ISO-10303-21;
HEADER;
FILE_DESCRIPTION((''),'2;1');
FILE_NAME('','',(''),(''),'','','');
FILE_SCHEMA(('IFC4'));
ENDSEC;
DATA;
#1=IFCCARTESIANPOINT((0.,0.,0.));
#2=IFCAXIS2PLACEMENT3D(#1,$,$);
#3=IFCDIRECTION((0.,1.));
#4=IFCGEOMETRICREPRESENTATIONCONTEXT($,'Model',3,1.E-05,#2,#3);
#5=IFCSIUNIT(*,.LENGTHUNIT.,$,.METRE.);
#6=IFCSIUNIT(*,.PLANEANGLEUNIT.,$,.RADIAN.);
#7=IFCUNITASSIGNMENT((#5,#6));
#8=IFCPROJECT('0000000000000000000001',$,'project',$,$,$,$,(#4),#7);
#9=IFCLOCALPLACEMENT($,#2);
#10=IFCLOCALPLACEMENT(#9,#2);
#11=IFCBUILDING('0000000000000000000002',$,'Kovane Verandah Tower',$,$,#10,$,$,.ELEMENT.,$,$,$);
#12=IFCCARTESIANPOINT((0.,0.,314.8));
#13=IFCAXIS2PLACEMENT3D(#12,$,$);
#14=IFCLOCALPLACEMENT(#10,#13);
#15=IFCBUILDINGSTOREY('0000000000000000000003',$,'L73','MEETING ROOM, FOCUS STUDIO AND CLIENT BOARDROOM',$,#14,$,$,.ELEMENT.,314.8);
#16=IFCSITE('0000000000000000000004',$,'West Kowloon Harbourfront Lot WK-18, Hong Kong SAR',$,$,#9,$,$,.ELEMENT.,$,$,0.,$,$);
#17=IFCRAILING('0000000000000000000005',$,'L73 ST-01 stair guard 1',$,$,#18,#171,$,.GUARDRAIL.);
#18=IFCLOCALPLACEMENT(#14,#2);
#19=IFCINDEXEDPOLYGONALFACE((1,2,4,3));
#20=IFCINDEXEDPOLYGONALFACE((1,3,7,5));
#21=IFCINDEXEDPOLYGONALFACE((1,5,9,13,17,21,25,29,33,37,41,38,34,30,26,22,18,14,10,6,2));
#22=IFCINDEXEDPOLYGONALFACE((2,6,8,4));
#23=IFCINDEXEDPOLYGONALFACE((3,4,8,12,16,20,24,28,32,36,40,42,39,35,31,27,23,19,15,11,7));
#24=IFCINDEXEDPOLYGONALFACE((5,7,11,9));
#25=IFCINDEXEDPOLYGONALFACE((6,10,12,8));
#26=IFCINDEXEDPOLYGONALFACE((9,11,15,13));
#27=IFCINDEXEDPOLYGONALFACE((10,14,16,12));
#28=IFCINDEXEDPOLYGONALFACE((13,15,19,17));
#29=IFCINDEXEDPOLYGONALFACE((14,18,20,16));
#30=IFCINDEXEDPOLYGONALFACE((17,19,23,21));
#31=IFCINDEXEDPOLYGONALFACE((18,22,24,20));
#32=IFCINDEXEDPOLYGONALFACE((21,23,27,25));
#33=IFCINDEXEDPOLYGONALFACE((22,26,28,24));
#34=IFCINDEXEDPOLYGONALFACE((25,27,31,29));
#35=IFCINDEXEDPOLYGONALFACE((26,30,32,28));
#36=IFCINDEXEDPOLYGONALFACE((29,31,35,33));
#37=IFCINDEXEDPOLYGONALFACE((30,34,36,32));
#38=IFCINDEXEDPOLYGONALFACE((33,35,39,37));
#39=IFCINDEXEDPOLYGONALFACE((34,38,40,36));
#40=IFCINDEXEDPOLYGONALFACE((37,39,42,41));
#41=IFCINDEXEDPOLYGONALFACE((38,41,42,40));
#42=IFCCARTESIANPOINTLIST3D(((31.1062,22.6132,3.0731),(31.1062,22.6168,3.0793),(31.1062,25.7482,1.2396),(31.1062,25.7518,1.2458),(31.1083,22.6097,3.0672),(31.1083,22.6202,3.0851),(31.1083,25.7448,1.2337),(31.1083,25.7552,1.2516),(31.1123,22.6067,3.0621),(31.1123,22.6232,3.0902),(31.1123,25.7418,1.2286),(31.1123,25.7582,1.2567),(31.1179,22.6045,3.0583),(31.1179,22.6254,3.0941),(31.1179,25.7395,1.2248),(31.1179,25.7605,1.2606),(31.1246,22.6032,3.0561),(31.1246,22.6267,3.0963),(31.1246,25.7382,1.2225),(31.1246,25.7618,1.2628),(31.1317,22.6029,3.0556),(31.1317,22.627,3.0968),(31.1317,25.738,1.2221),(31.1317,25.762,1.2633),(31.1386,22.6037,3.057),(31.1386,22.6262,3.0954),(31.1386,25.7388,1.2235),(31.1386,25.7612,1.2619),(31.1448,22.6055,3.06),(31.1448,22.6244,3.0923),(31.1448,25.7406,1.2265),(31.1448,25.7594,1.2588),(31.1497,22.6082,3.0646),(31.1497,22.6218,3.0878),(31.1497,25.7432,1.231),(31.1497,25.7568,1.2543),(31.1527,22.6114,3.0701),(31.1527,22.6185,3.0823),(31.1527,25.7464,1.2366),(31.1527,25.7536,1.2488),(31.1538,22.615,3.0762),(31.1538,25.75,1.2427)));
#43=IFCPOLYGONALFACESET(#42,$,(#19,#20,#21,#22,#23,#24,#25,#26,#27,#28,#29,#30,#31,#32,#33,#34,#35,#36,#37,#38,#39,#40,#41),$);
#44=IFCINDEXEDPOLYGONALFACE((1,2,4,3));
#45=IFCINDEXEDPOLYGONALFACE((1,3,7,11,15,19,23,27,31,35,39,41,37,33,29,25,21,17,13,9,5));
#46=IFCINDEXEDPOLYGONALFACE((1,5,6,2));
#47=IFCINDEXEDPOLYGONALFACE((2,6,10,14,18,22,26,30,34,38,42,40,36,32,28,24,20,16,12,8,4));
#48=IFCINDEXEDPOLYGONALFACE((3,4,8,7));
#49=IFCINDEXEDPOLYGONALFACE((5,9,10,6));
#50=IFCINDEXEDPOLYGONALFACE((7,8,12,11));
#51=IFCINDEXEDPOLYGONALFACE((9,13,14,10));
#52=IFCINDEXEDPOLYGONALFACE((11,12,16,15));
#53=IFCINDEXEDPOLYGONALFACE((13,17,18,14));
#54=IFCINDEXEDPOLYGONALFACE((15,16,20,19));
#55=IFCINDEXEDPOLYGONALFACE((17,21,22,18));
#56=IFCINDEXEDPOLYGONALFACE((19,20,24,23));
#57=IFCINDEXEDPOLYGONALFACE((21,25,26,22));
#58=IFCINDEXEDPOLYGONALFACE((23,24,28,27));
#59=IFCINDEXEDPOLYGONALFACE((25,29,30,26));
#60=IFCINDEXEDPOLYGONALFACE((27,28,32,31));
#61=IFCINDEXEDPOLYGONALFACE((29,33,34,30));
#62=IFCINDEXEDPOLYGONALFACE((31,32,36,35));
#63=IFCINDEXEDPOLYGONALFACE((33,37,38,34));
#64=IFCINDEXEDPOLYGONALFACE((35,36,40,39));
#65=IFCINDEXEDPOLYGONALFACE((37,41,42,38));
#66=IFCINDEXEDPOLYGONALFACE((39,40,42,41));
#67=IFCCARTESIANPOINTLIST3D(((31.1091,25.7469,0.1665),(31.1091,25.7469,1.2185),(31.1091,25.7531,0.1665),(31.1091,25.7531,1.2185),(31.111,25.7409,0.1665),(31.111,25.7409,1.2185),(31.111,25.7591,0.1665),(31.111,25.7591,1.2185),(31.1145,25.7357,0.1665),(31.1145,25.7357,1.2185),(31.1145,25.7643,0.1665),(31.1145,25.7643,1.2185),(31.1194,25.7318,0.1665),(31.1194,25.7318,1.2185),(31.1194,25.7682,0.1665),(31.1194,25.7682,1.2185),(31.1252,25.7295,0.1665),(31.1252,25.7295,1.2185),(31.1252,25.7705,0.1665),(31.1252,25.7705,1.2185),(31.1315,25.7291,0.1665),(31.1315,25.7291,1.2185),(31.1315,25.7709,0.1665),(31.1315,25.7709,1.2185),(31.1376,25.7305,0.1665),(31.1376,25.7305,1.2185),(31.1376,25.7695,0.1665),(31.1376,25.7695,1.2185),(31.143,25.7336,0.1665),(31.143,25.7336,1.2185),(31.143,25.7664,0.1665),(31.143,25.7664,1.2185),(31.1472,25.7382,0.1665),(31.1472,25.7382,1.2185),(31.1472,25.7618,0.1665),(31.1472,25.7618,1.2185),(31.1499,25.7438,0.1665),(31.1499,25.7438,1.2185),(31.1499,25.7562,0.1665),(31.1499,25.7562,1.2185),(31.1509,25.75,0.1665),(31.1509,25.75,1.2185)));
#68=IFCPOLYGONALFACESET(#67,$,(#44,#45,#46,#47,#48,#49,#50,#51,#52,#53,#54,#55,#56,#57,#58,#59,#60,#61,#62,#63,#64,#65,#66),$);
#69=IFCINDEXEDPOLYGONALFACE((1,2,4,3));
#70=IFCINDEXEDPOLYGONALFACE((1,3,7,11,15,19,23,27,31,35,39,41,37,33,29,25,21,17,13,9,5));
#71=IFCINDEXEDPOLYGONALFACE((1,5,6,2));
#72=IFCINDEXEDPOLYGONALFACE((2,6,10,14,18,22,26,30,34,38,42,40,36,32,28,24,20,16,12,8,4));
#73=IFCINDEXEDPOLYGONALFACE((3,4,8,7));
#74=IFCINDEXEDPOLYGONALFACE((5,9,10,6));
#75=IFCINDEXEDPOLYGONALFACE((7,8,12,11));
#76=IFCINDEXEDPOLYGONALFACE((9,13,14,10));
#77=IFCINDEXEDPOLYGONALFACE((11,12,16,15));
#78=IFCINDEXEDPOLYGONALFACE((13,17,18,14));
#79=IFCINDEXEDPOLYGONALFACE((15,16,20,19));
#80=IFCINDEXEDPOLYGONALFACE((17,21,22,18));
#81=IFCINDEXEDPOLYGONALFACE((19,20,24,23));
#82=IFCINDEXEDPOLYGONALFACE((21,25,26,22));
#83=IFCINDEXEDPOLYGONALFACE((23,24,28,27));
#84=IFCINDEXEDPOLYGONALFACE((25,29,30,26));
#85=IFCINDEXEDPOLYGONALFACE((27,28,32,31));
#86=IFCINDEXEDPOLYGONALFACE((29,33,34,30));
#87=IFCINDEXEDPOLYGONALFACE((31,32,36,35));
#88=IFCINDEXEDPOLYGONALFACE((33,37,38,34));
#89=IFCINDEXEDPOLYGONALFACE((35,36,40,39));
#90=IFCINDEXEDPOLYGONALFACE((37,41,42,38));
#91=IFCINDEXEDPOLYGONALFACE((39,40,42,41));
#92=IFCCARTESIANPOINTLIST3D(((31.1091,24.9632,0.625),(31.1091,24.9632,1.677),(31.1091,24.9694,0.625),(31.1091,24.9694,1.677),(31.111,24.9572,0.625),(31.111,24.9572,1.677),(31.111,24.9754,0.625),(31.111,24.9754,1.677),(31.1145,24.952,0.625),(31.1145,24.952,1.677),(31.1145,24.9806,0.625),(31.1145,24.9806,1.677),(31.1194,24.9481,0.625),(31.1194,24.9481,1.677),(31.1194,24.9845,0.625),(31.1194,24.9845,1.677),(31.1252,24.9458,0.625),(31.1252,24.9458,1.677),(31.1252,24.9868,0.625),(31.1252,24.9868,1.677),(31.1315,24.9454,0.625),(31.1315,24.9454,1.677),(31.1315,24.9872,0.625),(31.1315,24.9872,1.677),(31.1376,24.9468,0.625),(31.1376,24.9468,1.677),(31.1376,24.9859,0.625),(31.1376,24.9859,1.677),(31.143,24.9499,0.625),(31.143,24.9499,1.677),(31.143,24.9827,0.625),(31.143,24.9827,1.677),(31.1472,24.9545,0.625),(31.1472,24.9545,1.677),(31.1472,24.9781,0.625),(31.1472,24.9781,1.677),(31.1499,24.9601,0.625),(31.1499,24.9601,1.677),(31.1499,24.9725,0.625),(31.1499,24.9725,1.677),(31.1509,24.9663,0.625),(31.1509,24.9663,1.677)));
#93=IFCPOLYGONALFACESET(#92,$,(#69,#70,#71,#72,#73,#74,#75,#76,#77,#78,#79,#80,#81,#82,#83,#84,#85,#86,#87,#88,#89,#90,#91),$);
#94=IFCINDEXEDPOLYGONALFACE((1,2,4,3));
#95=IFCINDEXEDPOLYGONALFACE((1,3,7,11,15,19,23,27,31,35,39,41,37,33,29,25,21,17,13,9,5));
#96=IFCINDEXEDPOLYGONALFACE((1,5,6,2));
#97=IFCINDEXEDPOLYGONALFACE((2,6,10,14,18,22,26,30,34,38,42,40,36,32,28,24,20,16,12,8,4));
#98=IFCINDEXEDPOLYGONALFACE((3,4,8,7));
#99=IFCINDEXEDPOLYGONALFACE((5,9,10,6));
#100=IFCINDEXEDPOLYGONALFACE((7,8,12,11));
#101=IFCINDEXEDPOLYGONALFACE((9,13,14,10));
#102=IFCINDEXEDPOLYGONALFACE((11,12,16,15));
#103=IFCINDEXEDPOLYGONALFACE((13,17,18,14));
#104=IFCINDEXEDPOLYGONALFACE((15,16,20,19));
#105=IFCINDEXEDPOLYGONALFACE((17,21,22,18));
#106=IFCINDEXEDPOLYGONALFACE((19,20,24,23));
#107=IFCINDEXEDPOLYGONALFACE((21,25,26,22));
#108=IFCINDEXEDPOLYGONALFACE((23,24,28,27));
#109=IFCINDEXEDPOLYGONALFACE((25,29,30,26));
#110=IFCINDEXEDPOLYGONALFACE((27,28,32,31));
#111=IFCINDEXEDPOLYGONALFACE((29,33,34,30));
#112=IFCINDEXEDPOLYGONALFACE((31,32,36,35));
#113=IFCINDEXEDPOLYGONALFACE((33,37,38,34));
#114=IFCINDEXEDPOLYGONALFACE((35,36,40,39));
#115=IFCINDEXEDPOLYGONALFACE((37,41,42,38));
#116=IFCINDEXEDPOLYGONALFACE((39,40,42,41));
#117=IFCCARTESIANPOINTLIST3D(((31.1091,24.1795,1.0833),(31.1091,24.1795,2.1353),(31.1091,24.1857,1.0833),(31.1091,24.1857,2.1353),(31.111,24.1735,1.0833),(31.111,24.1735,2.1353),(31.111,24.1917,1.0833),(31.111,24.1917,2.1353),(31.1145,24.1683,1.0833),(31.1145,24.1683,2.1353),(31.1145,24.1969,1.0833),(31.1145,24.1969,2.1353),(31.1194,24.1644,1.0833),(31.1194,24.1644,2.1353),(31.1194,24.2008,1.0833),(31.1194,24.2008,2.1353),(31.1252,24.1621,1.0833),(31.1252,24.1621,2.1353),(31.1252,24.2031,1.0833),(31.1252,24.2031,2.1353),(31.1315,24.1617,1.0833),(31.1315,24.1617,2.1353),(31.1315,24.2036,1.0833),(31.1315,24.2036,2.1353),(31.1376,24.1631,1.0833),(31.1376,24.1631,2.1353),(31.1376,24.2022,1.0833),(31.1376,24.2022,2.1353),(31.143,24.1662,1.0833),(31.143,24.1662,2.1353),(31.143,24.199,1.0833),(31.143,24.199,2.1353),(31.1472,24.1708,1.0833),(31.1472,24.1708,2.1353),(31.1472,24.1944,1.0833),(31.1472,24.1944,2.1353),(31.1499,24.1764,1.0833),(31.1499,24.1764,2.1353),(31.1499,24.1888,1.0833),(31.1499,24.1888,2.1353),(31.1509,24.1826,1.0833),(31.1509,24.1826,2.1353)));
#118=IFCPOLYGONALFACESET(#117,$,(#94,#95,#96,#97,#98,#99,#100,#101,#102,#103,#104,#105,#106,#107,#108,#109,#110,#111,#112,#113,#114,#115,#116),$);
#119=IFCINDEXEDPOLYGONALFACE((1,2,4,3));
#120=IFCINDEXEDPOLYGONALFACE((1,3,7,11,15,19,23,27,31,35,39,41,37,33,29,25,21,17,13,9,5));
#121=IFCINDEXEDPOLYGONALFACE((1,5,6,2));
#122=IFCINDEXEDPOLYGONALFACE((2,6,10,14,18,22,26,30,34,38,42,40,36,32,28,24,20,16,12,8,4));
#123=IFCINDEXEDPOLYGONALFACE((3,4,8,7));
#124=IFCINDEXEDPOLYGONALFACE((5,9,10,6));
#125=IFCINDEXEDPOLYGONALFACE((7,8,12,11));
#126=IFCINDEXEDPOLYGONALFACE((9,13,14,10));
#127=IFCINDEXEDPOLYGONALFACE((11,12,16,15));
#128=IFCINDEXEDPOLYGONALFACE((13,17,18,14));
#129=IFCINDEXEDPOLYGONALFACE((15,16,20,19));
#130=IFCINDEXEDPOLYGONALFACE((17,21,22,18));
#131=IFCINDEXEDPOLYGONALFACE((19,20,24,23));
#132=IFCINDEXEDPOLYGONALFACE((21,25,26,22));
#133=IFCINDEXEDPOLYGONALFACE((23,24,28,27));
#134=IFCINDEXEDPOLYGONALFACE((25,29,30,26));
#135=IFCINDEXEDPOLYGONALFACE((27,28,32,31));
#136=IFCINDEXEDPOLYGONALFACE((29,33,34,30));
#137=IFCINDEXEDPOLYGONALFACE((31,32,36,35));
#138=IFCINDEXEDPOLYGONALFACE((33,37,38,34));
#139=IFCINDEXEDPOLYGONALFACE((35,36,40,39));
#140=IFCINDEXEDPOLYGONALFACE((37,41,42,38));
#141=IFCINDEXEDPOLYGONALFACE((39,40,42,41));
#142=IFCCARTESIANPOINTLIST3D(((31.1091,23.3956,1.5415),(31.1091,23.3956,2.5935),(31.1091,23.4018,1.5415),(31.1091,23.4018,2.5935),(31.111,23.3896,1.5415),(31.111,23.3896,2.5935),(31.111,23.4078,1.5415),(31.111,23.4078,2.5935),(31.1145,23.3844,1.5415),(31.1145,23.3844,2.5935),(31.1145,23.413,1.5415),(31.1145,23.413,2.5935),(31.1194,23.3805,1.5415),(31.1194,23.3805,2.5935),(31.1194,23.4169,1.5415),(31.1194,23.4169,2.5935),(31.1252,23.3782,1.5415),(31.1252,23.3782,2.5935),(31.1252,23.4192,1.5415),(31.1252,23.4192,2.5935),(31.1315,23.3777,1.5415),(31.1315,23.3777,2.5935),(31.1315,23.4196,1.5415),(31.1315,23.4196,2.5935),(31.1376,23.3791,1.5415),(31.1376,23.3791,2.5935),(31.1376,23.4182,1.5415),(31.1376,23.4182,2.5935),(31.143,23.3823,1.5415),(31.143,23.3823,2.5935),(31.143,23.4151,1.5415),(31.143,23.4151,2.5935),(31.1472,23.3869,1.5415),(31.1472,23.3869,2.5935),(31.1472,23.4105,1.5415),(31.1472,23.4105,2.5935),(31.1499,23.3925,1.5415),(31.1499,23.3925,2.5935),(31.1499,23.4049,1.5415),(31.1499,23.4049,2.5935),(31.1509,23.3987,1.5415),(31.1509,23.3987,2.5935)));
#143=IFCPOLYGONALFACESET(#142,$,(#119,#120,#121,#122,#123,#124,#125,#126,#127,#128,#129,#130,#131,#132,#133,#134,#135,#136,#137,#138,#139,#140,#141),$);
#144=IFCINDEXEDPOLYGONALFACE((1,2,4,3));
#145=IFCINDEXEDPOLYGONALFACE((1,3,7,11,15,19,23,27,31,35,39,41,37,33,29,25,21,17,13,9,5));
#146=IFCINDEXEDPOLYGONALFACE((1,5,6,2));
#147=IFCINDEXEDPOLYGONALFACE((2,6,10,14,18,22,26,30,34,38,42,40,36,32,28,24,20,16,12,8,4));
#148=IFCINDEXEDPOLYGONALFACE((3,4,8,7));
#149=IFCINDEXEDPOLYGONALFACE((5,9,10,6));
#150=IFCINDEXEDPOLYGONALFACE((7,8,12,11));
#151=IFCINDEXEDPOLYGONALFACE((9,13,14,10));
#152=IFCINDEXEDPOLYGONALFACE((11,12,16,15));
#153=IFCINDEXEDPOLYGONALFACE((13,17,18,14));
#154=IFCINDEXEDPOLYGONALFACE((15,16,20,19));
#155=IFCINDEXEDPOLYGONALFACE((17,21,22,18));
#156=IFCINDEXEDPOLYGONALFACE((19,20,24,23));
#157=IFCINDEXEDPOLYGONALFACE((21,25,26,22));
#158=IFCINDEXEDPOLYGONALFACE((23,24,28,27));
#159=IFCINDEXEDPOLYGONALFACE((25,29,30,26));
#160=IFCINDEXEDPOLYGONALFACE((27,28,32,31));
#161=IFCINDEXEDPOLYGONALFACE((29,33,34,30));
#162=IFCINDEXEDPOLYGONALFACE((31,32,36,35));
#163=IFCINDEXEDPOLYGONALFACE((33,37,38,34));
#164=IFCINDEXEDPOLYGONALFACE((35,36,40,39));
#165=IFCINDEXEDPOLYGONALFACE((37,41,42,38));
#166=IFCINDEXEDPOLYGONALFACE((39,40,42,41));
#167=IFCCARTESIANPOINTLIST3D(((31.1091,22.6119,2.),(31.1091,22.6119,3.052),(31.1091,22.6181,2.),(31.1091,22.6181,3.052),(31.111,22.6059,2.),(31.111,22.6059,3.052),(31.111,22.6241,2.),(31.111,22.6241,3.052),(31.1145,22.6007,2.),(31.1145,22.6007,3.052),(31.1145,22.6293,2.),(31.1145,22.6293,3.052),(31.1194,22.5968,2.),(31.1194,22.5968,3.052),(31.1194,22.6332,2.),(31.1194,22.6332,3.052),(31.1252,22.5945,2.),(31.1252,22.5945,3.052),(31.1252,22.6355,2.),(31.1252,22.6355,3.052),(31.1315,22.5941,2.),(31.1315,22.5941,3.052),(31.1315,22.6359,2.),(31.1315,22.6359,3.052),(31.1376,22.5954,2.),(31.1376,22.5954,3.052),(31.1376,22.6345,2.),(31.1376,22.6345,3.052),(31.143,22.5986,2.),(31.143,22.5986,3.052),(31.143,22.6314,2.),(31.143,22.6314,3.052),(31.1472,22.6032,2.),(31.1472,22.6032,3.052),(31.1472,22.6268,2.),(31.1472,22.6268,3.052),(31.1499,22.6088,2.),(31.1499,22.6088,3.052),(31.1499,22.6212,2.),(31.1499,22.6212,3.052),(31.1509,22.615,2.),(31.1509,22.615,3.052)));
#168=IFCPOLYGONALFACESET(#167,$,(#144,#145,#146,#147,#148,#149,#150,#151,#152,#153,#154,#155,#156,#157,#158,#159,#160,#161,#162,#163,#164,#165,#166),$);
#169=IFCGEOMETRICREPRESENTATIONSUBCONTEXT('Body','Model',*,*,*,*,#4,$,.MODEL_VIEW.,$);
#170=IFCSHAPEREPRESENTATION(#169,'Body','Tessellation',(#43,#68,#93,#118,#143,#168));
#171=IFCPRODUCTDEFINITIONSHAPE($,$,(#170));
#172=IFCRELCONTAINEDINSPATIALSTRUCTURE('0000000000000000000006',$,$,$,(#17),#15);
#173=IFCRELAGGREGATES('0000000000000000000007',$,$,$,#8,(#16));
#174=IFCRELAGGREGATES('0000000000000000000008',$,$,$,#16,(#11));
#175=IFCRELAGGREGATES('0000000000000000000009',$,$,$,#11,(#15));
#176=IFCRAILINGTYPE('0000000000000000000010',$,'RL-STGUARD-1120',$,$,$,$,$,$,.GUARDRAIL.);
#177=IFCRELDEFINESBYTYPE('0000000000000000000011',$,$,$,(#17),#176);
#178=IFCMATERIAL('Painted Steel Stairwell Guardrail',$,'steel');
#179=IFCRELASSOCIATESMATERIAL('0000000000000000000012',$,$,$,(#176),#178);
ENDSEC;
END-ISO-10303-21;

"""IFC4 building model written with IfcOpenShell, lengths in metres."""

from ifc_helpers import new_model, si_unit, direction, frame, origin, origin_2d, place, context, subcontext, project, spatial, circle, extrude, material, type_object, element, save


model = new_model("IFC4")

# Units and contexts
model_context = context("Model", 3, precision=1e-05, world=origin(), true_north=direction((0.0, 1.0)))
body_context = subcontext(model_context, "Body", "Model", "MODEL_VIEW")
ifc_project = project(units=[si_unit("LENGTHUNIT", "METRE"), si_unit("PLANEANGLEUNIT", "RADIAN")], contexts=[model_context])

# Site, building, storey
site_placement = place(None, origin())
site = spatial("IfcSite", under=ifc_project, at=site_placement, Name="West Kowloon Harbourfront Lot WK-18, Hong Kong SAR", CompositionType="ELEMENT", RefElevation=0.0)
building_placement = place(site_placement, origin())
building = spatial("IfcBuilding", under=site, at=building_placement, Name="Kovane Verandah Tower", CompositionType="ELEMENT")
storey_placement = place(building_placement, frame((0.0, 0.0, 314.8)))
storey = spatial("IfcBuildingStorey", under=building, at=storey_placement, Name="L73", Description="MEETING ROOM, FOCUS STUDIO AND CLIENT BOARDROOM", CompositionType="ELEMENT", Elevation=314.8)

# Railing
ifc_material_1 = material(Name="Painted Steel Stairwell Guardrail", Category="steel")
railing_type_1 = type_object("IfcRailingType", Name="RL-STGUARD-1120", PredefinedType="GUARDRAIL", material=ifc_material_1)
railing_1_placement = place(storey_placement, frame((31.1299, 25.75, 0.1665)))
element("IfcRailing", 1, at=railing_1_placement, inside=storey, type_object=railing_type_1, Name="L73 ST-01 stair guard 1", PredefinedType="GUARDRAIL", context=body_context, shape_type="SweptSolid", body=[
    extrude(circle(Radius=0.0239, at=origin_2d()), frame((0.0, 0.0, 1.0762), z_axis=(0.0, -0.86321, 0.504845), x_axis=(1.0, 0.0, 0.0)), (0.0, 0.0, 1.0), 3.6318),
    extrude(circle(Radius=0.021, at=origin_2d()), origin(), (0.0, 0.0, 1.0), 1.052),
    extrude(circle(Radius=0.021, at=origin_2d()), frame((0.0, -0.7837, 0.4585)), (0.0, 0.0, 1.0), 1.052),
    extrude(circle(Radius=0.021, at=origin_2d()), frame((0.0, -1.5674, 0.9167)), (0.0, 0.0, 1.0), 1.052),
    extrude(circle(Radius=0.021, at=origin_2d()), frame((0.0, -2.3513, 1.375)), (0.0, 0.0, 1.0), 1.052),
    extrude(circle(Radius=0.021, at=origin_2d()), frame((0.0, -3.135, 1.8335)), (0.0, 0.0, 1.0), 1.052),
])

save(model, "model.ifc")
